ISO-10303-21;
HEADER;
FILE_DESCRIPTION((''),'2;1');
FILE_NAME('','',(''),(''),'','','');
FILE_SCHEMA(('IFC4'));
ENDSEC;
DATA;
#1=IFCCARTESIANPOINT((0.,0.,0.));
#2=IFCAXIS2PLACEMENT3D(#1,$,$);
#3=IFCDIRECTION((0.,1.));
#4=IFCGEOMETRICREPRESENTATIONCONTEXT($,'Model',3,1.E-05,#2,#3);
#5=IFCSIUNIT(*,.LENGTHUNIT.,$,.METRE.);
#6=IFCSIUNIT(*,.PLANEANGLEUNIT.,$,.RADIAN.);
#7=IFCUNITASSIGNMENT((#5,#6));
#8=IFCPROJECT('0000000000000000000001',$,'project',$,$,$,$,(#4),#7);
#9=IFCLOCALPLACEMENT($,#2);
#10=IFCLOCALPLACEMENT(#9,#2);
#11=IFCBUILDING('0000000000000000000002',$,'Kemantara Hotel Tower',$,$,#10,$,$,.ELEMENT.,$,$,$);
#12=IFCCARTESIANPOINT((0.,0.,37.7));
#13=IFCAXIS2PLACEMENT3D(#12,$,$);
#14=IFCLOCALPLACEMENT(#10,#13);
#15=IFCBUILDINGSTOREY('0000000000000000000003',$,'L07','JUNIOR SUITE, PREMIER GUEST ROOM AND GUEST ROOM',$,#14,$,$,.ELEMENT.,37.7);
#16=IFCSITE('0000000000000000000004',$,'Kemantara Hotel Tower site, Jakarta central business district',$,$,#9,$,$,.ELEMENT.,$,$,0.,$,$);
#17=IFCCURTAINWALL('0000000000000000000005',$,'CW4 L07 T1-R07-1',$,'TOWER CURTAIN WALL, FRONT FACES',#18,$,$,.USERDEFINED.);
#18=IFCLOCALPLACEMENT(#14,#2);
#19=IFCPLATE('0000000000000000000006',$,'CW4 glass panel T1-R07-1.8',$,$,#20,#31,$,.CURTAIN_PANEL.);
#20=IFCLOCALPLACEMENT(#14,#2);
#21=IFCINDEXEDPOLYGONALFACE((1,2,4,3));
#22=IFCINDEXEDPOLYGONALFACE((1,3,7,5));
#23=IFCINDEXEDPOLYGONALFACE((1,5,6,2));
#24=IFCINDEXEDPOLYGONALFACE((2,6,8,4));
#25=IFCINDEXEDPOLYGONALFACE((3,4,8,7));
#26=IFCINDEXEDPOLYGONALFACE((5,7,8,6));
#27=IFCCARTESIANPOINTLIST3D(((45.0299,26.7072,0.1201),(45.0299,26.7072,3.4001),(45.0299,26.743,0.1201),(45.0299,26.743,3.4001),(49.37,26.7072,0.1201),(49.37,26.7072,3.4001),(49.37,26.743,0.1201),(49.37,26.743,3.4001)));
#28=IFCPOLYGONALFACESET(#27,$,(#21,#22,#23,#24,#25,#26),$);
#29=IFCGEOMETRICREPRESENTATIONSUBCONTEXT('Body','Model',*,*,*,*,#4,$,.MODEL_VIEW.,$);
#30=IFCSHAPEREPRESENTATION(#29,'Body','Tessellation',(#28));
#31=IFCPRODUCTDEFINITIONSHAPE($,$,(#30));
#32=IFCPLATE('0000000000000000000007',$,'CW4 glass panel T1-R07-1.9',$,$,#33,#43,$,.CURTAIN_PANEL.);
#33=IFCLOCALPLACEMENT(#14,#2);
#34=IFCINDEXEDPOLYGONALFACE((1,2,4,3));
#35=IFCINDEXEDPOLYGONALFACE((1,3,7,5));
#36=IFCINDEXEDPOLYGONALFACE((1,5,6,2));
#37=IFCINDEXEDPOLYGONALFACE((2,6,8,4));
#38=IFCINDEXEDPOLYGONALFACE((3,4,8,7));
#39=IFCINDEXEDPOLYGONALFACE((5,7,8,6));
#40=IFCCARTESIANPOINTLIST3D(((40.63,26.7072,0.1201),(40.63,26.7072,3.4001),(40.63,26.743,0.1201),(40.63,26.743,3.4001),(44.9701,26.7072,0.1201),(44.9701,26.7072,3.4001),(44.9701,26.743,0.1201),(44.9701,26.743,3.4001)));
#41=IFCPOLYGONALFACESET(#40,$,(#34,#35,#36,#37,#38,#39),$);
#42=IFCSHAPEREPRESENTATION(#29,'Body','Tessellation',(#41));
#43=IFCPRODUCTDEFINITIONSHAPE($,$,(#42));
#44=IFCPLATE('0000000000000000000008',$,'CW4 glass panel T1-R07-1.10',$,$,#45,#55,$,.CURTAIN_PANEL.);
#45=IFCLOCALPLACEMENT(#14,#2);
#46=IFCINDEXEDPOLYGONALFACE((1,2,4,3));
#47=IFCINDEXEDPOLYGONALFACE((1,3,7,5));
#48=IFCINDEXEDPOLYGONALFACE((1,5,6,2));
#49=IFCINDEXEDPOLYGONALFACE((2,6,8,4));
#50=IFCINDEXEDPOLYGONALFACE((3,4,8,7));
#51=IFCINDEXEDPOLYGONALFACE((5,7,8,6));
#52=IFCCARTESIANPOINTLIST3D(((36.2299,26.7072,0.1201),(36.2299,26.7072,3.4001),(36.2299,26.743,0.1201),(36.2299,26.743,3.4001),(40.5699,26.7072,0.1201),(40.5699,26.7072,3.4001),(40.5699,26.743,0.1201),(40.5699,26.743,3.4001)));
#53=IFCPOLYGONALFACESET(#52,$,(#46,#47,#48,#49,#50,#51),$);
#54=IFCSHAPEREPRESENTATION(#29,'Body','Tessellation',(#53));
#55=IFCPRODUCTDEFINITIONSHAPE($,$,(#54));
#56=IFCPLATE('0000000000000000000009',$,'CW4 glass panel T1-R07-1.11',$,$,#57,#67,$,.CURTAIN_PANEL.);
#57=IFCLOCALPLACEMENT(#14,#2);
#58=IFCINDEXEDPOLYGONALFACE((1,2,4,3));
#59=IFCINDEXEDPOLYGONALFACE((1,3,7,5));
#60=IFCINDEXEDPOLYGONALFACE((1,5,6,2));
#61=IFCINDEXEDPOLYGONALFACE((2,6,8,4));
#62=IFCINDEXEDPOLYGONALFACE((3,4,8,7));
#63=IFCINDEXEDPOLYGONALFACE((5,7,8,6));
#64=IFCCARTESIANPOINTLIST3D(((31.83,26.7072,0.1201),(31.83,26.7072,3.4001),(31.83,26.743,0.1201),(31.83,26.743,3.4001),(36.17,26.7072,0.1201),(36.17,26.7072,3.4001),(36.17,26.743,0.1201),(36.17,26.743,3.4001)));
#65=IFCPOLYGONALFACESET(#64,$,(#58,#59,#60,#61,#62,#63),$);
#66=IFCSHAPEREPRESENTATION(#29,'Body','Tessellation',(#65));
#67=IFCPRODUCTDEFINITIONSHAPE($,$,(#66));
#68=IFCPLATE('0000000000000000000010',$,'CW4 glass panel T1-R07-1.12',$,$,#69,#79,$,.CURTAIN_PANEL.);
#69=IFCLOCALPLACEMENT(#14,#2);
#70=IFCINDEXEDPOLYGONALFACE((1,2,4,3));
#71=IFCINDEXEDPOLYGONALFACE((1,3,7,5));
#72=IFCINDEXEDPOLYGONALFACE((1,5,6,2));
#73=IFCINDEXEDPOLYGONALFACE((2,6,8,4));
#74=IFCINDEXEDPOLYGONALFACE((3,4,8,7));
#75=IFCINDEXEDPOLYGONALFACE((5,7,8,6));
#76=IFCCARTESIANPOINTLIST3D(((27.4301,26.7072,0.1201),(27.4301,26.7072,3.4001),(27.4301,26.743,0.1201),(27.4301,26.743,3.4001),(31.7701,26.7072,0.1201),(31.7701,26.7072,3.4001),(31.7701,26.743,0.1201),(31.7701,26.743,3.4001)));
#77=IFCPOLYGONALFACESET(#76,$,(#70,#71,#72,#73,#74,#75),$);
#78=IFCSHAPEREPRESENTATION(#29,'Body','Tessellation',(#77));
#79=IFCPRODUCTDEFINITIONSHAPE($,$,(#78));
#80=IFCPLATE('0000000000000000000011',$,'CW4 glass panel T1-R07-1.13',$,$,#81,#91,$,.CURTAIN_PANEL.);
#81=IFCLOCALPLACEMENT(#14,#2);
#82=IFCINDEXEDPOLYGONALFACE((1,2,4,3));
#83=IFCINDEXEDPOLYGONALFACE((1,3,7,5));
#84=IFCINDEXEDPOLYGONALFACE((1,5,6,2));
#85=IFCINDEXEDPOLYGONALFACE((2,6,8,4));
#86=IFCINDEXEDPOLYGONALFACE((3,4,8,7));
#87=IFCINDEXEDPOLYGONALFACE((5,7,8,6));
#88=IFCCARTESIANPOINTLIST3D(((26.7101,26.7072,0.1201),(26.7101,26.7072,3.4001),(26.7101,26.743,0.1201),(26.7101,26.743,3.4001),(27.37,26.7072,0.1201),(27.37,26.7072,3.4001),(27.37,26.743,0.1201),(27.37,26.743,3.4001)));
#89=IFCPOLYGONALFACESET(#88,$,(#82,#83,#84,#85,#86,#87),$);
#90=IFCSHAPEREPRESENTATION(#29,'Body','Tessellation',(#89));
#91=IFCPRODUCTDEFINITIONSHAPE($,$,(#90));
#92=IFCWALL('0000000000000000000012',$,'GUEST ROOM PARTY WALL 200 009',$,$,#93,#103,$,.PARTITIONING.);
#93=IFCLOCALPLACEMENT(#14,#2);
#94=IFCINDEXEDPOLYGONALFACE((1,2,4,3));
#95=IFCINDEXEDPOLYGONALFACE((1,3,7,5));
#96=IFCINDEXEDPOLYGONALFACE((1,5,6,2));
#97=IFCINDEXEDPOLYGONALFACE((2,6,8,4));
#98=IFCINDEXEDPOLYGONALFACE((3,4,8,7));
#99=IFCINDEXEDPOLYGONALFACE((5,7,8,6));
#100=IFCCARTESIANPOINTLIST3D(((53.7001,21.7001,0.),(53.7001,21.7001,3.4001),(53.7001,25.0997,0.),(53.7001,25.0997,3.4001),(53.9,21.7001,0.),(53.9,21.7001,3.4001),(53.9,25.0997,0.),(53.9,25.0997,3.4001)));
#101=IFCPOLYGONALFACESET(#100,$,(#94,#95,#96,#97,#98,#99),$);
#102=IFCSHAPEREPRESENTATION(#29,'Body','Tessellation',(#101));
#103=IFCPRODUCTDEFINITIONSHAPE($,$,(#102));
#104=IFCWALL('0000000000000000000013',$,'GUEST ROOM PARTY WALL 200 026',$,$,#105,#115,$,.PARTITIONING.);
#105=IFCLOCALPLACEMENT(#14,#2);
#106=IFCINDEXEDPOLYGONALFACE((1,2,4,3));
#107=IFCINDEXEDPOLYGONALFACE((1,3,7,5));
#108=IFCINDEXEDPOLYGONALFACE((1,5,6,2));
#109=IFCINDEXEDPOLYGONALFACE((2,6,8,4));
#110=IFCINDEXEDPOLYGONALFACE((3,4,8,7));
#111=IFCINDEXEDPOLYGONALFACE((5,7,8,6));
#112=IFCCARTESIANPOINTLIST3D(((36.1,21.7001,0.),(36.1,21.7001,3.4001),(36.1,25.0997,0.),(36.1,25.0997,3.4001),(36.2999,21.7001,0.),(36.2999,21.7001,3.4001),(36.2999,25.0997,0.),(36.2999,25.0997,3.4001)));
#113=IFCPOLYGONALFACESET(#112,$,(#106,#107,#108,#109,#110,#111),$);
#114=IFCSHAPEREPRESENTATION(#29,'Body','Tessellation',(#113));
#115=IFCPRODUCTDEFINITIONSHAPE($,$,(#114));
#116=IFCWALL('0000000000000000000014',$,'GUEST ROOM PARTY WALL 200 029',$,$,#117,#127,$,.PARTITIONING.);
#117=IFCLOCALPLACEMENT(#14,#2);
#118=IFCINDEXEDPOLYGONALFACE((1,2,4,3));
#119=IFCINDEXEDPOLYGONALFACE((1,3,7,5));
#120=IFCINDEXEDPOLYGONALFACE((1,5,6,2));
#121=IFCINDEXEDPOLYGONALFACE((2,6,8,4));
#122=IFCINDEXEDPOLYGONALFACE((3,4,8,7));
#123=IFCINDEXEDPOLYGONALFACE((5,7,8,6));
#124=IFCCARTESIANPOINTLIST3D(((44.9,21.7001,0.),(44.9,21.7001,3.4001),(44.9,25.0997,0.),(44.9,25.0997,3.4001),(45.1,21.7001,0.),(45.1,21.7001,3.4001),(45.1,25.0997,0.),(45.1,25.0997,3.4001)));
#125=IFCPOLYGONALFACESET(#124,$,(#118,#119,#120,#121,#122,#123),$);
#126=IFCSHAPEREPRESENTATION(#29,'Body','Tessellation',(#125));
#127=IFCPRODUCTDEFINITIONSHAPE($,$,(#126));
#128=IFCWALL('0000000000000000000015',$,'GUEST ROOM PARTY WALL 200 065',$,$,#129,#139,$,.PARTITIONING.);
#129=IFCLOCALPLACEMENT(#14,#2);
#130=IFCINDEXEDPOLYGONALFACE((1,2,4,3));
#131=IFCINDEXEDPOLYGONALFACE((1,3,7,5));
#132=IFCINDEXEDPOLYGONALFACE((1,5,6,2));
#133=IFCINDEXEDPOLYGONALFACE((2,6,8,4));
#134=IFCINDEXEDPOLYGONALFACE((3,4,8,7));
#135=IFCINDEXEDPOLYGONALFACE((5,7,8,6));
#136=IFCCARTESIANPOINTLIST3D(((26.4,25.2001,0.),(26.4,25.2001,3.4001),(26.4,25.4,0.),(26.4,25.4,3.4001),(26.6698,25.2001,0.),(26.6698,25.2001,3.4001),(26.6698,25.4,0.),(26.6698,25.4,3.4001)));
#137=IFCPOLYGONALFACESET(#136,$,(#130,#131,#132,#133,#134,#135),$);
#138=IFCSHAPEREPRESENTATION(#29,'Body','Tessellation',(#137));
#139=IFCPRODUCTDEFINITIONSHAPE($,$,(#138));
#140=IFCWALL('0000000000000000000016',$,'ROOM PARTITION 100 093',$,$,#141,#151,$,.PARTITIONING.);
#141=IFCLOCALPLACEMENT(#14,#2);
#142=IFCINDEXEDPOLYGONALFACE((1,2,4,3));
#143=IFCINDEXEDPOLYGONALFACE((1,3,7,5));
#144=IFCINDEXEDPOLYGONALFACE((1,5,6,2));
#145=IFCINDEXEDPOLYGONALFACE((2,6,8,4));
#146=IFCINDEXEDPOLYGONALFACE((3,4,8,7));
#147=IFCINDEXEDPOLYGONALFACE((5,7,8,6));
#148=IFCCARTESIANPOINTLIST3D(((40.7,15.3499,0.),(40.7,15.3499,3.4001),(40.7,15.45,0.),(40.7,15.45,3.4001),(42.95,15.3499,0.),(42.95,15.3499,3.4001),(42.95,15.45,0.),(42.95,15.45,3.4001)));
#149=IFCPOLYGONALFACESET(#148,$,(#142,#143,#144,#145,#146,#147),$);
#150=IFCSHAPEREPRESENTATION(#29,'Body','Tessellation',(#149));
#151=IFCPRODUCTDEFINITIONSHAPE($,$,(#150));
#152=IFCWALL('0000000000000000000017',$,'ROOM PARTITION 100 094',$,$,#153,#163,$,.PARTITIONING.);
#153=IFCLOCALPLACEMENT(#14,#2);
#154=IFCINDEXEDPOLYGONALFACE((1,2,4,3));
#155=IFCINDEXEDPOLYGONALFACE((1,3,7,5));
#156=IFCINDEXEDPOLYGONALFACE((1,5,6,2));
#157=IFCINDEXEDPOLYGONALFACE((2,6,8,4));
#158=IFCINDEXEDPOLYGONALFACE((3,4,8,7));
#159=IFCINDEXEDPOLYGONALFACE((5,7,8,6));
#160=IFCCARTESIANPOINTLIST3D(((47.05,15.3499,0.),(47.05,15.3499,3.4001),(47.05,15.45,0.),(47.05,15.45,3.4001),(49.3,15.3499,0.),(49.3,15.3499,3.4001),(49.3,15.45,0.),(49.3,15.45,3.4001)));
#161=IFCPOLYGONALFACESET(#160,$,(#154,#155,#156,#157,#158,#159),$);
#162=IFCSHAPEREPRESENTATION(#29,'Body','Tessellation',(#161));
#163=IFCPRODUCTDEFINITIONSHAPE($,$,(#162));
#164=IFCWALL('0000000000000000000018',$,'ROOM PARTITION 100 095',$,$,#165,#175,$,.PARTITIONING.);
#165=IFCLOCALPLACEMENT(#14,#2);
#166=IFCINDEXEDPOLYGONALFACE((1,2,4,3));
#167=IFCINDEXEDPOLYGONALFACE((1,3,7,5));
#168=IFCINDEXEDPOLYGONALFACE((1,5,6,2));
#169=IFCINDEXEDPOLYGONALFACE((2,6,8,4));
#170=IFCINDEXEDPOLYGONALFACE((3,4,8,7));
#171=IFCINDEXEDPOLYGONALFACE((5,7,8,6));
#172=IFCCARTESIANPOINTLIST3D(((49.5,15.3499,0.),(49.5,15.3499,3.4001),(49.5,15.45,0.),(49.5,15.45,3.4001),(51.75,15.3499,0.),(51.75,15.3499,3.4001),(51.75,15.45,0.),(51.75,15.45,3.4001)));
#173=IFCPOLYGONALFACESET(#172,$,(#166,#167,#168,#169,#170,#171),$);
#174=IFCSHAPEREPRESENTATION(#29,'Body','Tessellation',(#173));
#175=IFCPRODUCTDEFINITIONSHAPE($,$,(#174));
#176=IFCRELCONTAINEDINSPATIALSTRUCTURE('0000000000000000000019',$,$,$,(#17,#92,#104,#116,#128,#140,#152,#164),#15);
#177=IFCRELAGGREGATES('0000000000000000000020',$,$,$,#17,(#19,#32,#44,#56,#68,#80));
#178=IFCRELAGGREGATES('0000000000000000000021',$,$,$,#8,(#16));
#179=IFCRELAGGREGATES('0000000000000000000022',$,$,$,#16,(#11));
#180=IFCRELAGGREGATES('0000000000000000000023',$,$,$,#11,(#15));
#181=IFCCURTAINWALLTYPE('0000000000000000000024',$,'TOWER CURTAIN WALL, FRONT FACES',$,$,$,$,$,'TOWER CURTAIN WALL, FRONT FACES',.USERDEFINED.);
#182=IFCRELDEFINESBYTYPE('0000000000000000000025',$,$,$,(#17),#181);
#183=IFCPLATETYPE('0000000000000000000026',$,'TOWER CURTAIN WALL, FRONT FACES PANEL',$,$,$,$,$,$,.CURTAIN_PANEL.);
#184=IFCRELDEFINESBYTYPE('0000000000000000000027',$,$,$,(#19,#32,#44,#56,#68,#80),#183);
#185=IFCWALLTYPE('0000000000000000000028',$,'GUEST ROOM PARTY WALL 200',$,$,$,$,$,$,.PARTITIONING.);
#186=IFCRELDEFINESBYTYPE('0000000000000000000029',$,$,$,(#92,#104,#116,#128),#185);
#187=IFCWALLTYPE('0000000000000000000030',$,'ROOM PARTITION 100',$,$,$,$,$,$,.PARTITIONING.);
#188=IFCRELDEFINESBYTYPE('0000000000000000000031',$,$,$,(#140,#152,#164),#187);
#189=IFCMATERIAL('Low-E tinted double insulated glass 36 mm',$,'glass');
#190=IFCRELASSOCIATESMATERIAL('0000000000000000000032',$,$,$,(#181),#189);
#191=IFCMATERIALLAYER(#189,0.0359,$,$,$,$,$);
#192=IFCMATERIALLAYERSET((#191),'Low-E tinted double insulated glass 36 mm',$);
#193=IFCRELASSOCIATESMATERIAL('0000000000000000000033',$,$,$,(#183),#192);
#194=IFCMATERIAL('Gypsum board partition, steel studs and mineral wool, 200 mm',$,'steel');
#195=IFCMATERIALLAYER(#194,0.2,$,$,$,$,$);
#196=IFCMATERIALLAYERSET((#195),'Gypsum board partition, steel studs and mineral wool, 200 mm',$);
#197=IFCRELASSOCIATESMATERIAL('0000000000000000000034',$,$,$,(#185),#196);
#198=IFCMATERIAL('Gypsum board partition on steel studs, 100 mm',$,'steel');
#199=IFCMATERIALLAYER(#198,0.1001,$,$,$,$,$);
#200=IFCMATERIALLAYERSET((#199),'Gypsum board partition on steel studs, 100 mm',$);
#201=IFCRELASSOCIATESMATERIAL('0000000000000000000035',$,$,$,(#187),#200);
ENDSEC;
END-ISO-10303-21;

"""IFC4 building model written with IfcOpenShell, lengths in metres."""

from ifc_helpers import new_model, si_unit, direction, frame, frame_2d, origin, origin_2d, place, context, subcontext, project, spatial, rectangle, extrude, source, transform, mapped, material, layer, layer_set, type_object, element, aggregate, save


model = new_model("IFC4")

# Units and contexts
model_context = context("Model", 3, precision=1e-05, world=origin(), true_north=direction((0.0, 1.0)))
body_context = subcontext(model_context, "Body", "Model", "MODEL_VIEW")
ifc_project = project(units=[si_unit("LENGTHUNIT", "METRE"), si_unit("PLANEANGLEUNIT", "RADIAN")], contexts=[model_context])

# Site, building, storey
site_placement = place(None, origin())
site = spatial("IfcSite", under=ifc_project, at=site_placement, Name="Kemantara Hotel Tower site, Jakarta central business district", CompositionType="ELEMENT", RefElevation=0.0)
building_placement = place(site_placement, origin())
building = spatial("IfcBuilding", under=site, at=building_placement, Name="Kemantara Hotel Tower", CompositionType="ELEMENT")
storey_placement = place(building_placement, frame((0.0, 0.0, 37.7)))
storey = spatial("IfcBuildingStorey", under=building, at=storey_placement, Name="L07", Description="JUNIOR SUITE, PREMIER GUEST ROOM AND GUEST ROOM", CompositionType="ELEMENT", Elevation=37.7)

# Curtain wall, plates
ifc_material_1 = material(Name="Low-E tinted double insulated glass 36 mm", Category="glass")
curtain_wall_type = type_object("IfcCurtainWallType", Name="TOWER CURTAIN WALL, FRONT FACES", ElementType="TOWER CURTAIN WALL, FRONT FACES", PredefinedType="USERDEFINED", material=ifc_material_1)
curtain_wall_placement = place(storey_placement, origin())
curtain_wall = element("IfcCurtainWall", 1, at=curtain_wall_placement, inside=storey, type_object=curtain_wall_type, Name="CW4 L07 T1-R07-1", ObjectType="TOWER CURTAIN WALL, FRONT FACES", PredefinedType="USERDEFINED")
ifc_layer_1 = layer(ifc_material_1, 0.0359)
ifc_layer_set_1 = layer_set([ifc_layer_1], Name="Low-E tinted double insulated glass 36 mm")
plate_type = type_object("IfcPlateType", Name="TOWER CURTAIN WALL, FRONT FACES PANEL", PredefinedType="CURTAIN_PANEL", material=ifc_layer_set_1)
shared_shape_1 = source(origin(), body_context, "Body", "SweptSolid", [
    extrude(rectangle(XDim=4.3401, YDim=0.0359, at=origin_2d()), origin(), (0.0, 0.0, 1.0), 3.28),
])
plate_1_placement = place(storey_placement, frame((47.2, 26.7251, 0.1201), z_axis=(0.0, 0.0, 1.0), x_axis=(-1.0, 0.0, 0.0)))
plate_1 = element("IfcPlate", 2, at=plate_1_placement, type_object=plate_type, Name="CW4 glass panel T1-R07-1.8", PredefinedType="CURTAIN_PANEL", context=body_context, shape_type="MappedRepresentation", body=[
    mapped(shared_shape_1, transform((0.0, 0.0, 0.0))),
])
plate_2_placement = place(storey_placement, frame((42.8, 26.7251, 0.1201), z_axis=(0.0, 0.0, 1.0), x_axis=(-1.0, 0.0, 0.0)))
plate_2 = element("IfcPlate", 3, at=plate_2_placement, type_object=plate_type, Name="CW4 glass panel T1-R07-1.9", PredefinedType="CURTAIN_PANEL", context=body_context, shape_type="MappedRepresentation", body=[
    mapped(shared_shape_1, transform((0.0, 0.0, 0.0))),
])
plate_3_placement = place(storey_placement, frame((38.3999, 26.7251, 0.1201), z_axis=(0.0, 0.0, 1.0), x_axis=(-1.0, 0.0, 0.0)))
plate_3 = element("IfcPlate", 4, at=plate_3_placement, type_object=plate_type, Name="CW4 glass panel T1-R07-1.10", PredefinedType="CURTAIN_PANEL", context=body_context, shape_type="MappedRepresentation", body=[
    mapped(shared_shape_1, transform((0.0, 0.0, 0.0))),
])
plate_4_placement = place(storey_placement, frame((34.0, 26.7251, 0.1201), z_axis=(0.0, 0.0, 1.0), x_axis=(-1.0, 0.0, 0.0)))
plate_4 = element("IfcPlate", 5, at=plate_4_placement, type_object=plate_type, Name="CW4 glass panel T1-R07-1.11", PredefinedType="CURTAIN_PANEL", context=body_context, shape_type="MappedRepresentation", body=[
    mapped(shared_shape_1, transform((0.0, 0.0, 0.0))),
])
plate_5_placement = place(storey_placement, frame((29.6001, 26.7251, 0.1201), z_axis=(0.0, 0.0, 1.0), x_axis=(-1.0, 0.0, 0.0)))
plate_5 = element("IfcPlate", 6, at=plate_5_placement, type_object=plate_type, Name="CW4 glass panel T1-R07-1.12", PredefinedType="CURTAIN_PANEL", context=body_context, shape_type="MappedRepresentation", body=[
    mapped(shared_shape_1, transform((0.0, 0.0, 0.0))),
])
shared_shape_2 = source(origin(), body_context, "Body", "SweptSolid", [
    extrude(rectangle(XDim=0.6599, YDim=0.0359, at=origin_2d()), origin(), (0.0, 0.0, 1.0), 3.28),
])
plate_6_placement = place(storey_placement, frame((27.04, 26.7251, 0.1201), z_axis=(0.0, 0.0, 1.0), x_axis=(-1.0, 0.0, 0.0)))
plate_6 = element("IfcPlate", 7, at=plate_6_placement, type_object=plate_type, Name="CW4 glass panel T1-R07-1.13", PredefinedType="CURTAIN_PANEL", context=body_context, shape_type="MappedRepresentation", body=[
    mapped(shared_shape_2, transform((0.0, 0.0, 0.0))),
])
aggregate(curtain_wall, [plate_1, plate_2, plate_3, plate_4, plate_5, plate_6])

# Walls
ifc_material_2 = material(Name="Gypsum board partition, steel studs and mineral wool, 200 mm", Category="steel")
ifc_layer_2 = layer(ifc_material_2, 0.2)
ifc_layer_set_2 = layer_set([ifc_layer_2], Name="Gypsum board partition, steel studs and mineral wool, 200 mm")
wall_type_1 = type_object("IfcWallType", Name="GUEST ROOM PARTY WALL 200", PredefinedType="PARTITIONING", material=ifc_layer_set_2)
for number, where, z_axis, x_axis, name in (
    (8, (53.8, 21.7002, 0.0), (0.0, 0.0, 1.0), (0.0, 1.0, 0.0), "GUEST ROOM PARTY WALL 200 009"),
    (9, (36.2, 21.7002, 0.0), (0.0, 0.0, 1.0), (0.0, 1.0, 0.0), "GUEST ROOM PARTY WALL 200 026"),
    (10, (45.0, 21.7002, 0.0), (0.0, 0.0, 1.0), (0.0, 1.0, 0.0), "GUEST ROOM PARTY WALL 200 029"),
):
    element("IfcWall", number, at=place(storey_placement, frame(where, z_axis=z_axis, x_axis=x_axis)), inside=storey, type_object=wall_type_1, Name=name, PredefinedType="PARTITIONING", context=body_context, shape_type="SweptSolid", body=[
        extrude(rectangle(XDim=3.3997, YDim=0.2, at=frame_2d((1.6997, 0.0))), origin(), (0.0, 0.0, 1.0), 3.4001),
    ])
wall_placement = place(storey_placement, frame((26.4001, 25.3, 0.0), z_axis=(0.0, 0.0, 1.0), x_axis=(1.0, 0.0, 0.0)))
element("IfcWall", 11, at=wall_placement, inside=storey, type_object=wall_type_1, Name="GUEST ROOM PARTY WALL 200 065", PredefinedType="PARTITIONING", context=body_context, shape_type="SweptSolid", body=[
    extrude(rectangle(XDim=0.2698, YDim=0.2, at=frame_2d((0.1348, 0.0))), origin(), (0.0, 0.0, 1.0), 3.4001),
])
ifc_material_3 = material(Name="Gypsum board partition on steel studs, 100 mm", Category="steel")
ifc_layer_3 = layer(ifc_material_3, 0.1001)
ifc_layer_set_3 = layer_set([ifc_layer_3], Name="Gypsum board partition on steel studs, 100 mm")
wall_type_2 = type_object("IfcWallType", Name="ROOM PARTITION 100", PredefinedType="PARTITIONING", material=ifc_layer_set_3)
for number, where, z_axis, x_axis, name in (
    (12, (40.7, 15.3999, 0.0), (0.0, 0.0, 1.0), (1.0, 0.0, 0.0), "ROOM PARTITION 100 093"),
    (13, (47.05, 15.3999, 0.0), (0.0, 0.0, 1.0), (1.0, 0.0, 0.0), "ROOM PARTITION 100 094"),
    (14, (49.5, 15.3999, 0.0), (0.0, 0.0, 1.0), (1.0, 0.0, 0.0), "ROOM PARTITION 100 095"),
):
    element("IfcWall", number, at=place(storey_placement, frame(where, z_axis=z_axis, x_axis=x_axis)), inside=storey, type_object=wall_type_2, Name=name, PredefinedType="PARTITIONING", context=body_context, shape_type="SweptSolid", body=[
        extrude(rectangle(XDim=2.25, YDim=0.1001, at=frame_2d((1.125, 0.0))), origin(), (0.0, 0.0, 1.0), 3.4001),
    ])

save(model, "model.ifc")
